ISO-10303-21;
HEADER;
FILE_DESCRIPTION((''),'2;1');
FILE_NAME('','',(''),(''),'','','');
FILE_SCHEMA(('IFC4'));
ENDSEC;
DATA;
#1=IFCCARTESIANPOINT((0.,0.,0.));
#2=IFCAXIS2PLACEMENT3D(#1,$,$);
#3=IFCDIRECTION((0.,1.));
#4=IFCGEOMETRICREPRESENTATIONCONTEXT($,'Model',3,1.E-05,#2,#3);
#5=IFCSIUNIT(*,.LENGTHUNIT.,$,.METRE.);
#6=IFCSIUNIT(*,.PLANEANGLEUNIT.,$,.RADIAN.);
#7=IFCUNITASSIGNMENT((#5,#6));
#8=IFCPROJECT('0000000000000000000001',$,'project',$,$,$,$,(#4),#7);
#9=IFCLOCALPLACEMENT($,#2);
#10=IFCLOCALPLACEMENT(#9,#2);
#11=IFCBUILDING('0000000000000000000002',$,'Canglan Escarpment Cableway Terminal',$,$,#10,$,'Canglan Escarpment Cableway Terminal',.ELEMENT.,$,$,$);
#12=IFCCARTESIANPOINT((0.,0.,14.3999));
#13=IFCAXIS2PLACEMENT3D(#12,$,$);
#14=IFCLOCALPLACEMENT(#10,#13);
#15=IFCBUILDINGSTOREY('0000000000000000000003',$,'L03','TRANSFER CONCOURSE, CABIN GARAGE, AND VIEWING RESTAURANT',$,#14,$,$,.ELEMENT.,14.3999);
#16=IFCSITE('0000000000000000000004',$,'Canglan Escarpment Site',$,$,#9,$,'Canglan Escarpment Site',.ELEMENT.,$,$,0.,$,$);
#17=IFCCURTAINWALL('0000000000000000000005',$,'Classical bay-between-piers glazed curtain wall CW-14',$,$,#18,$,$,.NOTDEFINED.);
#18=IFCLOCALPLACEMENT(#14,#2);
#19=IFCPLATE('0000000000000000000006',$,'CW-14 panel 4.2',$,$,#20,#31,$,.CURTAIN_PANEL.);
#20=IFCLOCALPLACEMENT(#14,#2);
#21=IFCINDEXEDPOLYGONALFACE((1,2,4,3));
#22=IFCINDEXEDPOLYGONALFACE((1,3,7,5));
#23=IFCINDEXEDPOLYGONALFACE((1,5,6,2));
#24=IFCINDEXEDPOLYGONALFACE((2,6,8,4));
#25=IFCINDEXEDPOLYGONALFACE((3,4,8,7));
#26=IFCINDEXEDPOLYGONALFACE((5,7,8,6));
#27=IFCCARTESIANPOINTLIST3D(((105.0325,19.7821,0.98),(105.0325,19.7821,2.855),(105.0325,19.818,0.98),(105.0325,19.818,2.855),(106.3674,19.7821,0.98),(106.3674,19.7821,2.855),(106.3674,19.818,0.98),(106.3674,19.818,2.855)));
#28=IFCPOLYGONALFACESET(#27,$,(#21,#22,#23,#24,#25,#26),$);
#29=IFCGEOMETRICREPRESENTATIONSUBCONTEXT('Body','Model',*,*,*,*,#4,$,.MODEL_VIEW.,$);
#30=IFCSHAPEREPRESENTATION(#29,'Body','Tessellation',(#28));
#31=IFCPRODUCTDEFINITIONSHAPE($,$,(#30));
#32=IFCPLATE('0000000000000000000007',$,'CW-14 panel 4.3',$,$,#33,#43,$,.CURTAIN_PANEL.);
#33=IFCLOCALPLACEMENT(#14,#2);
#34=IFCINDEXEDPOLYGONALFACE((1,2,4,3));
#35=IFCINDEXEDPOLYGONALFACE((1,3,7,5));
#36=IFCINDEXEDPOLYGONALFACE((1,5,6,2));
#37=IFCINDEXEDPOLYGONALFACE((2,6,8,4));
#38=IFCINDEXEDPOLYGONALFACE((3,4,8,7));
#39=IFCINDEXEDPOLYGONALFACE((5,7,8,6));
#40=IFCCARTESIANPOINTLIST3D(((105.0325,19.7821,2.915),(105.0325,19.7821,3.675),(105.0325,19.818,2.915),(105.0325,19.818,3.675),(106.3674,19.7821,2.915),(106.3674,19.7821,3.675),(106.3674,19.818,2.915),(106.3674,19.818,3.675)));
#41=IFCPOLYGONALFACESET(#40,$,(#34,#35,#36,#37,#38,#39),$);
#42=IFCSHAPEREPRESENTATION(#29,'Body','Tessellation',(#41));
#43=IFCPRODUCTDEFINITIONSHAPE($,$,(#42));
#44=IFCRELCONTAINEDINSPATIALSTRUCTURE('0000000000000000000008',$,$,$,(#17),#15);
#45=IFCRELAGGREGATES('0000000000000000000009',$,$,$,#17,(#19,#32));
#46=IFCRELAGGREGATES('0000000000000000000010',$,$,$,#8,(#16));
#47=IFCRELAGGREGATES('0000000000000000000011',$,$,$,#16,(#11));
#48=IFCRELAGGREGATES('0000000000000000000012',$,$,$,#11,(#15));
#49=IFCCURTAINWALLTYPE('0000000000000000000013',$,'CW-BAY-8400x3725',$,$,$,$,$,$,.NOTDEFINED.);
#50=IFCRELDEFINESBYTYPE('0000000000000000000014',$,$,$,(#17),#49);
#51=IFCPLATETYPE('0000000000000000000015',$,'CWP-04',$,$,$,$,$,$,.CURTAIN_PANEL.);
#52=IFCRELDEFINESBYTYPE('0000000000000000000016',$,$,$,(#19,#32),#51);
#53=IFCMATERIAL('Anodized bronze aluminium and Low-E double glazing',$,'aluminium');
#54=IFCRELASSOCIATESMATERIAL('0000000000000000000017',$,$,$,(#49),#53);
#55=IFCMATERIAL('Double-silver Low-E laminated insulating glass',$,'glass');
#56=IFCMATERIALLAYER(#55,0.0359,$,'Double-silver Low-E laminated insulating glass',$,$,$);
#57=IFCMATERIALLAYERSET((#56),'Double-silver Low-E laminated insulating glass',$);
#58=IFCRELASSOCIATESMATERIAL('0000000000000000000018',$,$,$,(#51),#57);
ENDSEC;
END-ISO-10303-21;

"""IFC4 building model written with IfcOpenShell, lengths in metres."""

from ifc_helpers import new_model, si_unit, direction, frame, origin, origin_2d, place, context, subcontext, project, spatial, rectangle, extrude, material, layer, layer_set, type_object, element, aggregate, save


model = new_model("IFC4")

# Units and contexts
model_context = context("Model", 3, precision=1e-05, world=origin(), true_north=direction((0.0, 1.0)))
body_context = subcontext(model_context, "Body", "Model", "MODEL_VIEW")
ifc_project = project(units=[si_unit("LENGTHUNIT", "METRE"), si_unit("PLANEANGLEUNIT", "RADIAN")], contexts=[model_context])

# Site, building, storey
site_placement = place(None, origin())
site = spatial("IfcSite", under=ifc_project, at=site_placement, Name="Canglan Escarpment Site", LongName="Canglan Escarpment Site", CompositionType="ELEMENT", RefElevation=0.0)
building_placement = place(site_placement, origin())
building = spatial("IfcBuilding", under=site, at=building_placement, Name="Canglan Escarpment Cableway Terminal", LongName="Canglan Escarpment Cableway Terminal", CompositionType="ELEMENT")
storey_placement = place(building_placement, frame((0.0, 0.0, 14.3999)))
storey = spatial("IfcBuildingStorey", under=building, at=storey_placement, Name="L03", Description="TRANSFER CONCOURSE, CABIN GARAGE, AND VIEWING RESTAURANT", CompositionType="ELEMENT", Elevation=14.3999)

# Curtain wall, plates
ifc_material_1 = material(Name="Anodized bronze aluminium and Low-E double glazing", Category="aluminium")
curtain_wall_type = type_object("IfcCurtainWallType", Name="CW-BAY-8400x3725", PredefinedType="NOTDEFINED", material=ifc_material_1)
curtain_wall_placement = place(storey_placement, origin())
curtain_wall = element("IfcCurtainWall", 1, at=curtain_wall_placement, inside=storey, type_object=curtain_wall_type, Name="Classical bay-between-piers glazed curtain wall CW-14", PredefinedType="NOTDEFINED")
ifc_material_2 = material(Name="Double-silver Low-E laminated insulating glass", Category="glass")
ifc_layer = layer(ifc_material_2, 0.0359, Name="Double-silver Low-E laminated insulating glass")
ifc_layer_set = layer_set([ifc_layer], Name="Double-silver Low-E laminated insulating glass")
plate_type = type_object("IfcPlateType", Name="CWP-04", PredefinedType="CURTAIN_PANEL", material=ifc_layer_set)
plate_1_placement = place(storey_placement, frame((105.7, 19.8, 0.98), z_axis=(0.0, 0.0, 1.0), x_axis=(-1.0, 0.0, 0.0)))
plate_1 = element("IfcPlate", 2, at=plate_1_placement, type_object=plate_type, Name="CW-14 panel 4.2", PredefinedType="CURTAIN_PANEL", context=body_context, shape_type="SweptSolid", body=[
    extrude(rectangle(XDim=1.335, YDim=0.0359, at=origin_2d()), origin(), (0.0, 0.0, 1.0), 1.875),
])
plate_2_placement = place(storey_placement, frame((105.7, 19.8, 2.915), z_axis=(0.0, 0.0, 1.0), x_axis=(-1.0, 0.0, 0.0)))
plate_2 = element("IfcPlate", 3, at=plate_2_placement, type_object=plate_type, Name="CW-14 panel 4.3", PredefinedType="CURTAIN_PANEL", context=body_context, shape_type="SweptSolid", body=[
    extrude(rectangle(XDim=1.335, YDim=0.0359, at=origin_2d()), origin(), (0.0, 0.0, 1.0), 0.76),
])
aggregate(curtain_wall, [plate_1, plate_2])

save(model, "model.ifc")
